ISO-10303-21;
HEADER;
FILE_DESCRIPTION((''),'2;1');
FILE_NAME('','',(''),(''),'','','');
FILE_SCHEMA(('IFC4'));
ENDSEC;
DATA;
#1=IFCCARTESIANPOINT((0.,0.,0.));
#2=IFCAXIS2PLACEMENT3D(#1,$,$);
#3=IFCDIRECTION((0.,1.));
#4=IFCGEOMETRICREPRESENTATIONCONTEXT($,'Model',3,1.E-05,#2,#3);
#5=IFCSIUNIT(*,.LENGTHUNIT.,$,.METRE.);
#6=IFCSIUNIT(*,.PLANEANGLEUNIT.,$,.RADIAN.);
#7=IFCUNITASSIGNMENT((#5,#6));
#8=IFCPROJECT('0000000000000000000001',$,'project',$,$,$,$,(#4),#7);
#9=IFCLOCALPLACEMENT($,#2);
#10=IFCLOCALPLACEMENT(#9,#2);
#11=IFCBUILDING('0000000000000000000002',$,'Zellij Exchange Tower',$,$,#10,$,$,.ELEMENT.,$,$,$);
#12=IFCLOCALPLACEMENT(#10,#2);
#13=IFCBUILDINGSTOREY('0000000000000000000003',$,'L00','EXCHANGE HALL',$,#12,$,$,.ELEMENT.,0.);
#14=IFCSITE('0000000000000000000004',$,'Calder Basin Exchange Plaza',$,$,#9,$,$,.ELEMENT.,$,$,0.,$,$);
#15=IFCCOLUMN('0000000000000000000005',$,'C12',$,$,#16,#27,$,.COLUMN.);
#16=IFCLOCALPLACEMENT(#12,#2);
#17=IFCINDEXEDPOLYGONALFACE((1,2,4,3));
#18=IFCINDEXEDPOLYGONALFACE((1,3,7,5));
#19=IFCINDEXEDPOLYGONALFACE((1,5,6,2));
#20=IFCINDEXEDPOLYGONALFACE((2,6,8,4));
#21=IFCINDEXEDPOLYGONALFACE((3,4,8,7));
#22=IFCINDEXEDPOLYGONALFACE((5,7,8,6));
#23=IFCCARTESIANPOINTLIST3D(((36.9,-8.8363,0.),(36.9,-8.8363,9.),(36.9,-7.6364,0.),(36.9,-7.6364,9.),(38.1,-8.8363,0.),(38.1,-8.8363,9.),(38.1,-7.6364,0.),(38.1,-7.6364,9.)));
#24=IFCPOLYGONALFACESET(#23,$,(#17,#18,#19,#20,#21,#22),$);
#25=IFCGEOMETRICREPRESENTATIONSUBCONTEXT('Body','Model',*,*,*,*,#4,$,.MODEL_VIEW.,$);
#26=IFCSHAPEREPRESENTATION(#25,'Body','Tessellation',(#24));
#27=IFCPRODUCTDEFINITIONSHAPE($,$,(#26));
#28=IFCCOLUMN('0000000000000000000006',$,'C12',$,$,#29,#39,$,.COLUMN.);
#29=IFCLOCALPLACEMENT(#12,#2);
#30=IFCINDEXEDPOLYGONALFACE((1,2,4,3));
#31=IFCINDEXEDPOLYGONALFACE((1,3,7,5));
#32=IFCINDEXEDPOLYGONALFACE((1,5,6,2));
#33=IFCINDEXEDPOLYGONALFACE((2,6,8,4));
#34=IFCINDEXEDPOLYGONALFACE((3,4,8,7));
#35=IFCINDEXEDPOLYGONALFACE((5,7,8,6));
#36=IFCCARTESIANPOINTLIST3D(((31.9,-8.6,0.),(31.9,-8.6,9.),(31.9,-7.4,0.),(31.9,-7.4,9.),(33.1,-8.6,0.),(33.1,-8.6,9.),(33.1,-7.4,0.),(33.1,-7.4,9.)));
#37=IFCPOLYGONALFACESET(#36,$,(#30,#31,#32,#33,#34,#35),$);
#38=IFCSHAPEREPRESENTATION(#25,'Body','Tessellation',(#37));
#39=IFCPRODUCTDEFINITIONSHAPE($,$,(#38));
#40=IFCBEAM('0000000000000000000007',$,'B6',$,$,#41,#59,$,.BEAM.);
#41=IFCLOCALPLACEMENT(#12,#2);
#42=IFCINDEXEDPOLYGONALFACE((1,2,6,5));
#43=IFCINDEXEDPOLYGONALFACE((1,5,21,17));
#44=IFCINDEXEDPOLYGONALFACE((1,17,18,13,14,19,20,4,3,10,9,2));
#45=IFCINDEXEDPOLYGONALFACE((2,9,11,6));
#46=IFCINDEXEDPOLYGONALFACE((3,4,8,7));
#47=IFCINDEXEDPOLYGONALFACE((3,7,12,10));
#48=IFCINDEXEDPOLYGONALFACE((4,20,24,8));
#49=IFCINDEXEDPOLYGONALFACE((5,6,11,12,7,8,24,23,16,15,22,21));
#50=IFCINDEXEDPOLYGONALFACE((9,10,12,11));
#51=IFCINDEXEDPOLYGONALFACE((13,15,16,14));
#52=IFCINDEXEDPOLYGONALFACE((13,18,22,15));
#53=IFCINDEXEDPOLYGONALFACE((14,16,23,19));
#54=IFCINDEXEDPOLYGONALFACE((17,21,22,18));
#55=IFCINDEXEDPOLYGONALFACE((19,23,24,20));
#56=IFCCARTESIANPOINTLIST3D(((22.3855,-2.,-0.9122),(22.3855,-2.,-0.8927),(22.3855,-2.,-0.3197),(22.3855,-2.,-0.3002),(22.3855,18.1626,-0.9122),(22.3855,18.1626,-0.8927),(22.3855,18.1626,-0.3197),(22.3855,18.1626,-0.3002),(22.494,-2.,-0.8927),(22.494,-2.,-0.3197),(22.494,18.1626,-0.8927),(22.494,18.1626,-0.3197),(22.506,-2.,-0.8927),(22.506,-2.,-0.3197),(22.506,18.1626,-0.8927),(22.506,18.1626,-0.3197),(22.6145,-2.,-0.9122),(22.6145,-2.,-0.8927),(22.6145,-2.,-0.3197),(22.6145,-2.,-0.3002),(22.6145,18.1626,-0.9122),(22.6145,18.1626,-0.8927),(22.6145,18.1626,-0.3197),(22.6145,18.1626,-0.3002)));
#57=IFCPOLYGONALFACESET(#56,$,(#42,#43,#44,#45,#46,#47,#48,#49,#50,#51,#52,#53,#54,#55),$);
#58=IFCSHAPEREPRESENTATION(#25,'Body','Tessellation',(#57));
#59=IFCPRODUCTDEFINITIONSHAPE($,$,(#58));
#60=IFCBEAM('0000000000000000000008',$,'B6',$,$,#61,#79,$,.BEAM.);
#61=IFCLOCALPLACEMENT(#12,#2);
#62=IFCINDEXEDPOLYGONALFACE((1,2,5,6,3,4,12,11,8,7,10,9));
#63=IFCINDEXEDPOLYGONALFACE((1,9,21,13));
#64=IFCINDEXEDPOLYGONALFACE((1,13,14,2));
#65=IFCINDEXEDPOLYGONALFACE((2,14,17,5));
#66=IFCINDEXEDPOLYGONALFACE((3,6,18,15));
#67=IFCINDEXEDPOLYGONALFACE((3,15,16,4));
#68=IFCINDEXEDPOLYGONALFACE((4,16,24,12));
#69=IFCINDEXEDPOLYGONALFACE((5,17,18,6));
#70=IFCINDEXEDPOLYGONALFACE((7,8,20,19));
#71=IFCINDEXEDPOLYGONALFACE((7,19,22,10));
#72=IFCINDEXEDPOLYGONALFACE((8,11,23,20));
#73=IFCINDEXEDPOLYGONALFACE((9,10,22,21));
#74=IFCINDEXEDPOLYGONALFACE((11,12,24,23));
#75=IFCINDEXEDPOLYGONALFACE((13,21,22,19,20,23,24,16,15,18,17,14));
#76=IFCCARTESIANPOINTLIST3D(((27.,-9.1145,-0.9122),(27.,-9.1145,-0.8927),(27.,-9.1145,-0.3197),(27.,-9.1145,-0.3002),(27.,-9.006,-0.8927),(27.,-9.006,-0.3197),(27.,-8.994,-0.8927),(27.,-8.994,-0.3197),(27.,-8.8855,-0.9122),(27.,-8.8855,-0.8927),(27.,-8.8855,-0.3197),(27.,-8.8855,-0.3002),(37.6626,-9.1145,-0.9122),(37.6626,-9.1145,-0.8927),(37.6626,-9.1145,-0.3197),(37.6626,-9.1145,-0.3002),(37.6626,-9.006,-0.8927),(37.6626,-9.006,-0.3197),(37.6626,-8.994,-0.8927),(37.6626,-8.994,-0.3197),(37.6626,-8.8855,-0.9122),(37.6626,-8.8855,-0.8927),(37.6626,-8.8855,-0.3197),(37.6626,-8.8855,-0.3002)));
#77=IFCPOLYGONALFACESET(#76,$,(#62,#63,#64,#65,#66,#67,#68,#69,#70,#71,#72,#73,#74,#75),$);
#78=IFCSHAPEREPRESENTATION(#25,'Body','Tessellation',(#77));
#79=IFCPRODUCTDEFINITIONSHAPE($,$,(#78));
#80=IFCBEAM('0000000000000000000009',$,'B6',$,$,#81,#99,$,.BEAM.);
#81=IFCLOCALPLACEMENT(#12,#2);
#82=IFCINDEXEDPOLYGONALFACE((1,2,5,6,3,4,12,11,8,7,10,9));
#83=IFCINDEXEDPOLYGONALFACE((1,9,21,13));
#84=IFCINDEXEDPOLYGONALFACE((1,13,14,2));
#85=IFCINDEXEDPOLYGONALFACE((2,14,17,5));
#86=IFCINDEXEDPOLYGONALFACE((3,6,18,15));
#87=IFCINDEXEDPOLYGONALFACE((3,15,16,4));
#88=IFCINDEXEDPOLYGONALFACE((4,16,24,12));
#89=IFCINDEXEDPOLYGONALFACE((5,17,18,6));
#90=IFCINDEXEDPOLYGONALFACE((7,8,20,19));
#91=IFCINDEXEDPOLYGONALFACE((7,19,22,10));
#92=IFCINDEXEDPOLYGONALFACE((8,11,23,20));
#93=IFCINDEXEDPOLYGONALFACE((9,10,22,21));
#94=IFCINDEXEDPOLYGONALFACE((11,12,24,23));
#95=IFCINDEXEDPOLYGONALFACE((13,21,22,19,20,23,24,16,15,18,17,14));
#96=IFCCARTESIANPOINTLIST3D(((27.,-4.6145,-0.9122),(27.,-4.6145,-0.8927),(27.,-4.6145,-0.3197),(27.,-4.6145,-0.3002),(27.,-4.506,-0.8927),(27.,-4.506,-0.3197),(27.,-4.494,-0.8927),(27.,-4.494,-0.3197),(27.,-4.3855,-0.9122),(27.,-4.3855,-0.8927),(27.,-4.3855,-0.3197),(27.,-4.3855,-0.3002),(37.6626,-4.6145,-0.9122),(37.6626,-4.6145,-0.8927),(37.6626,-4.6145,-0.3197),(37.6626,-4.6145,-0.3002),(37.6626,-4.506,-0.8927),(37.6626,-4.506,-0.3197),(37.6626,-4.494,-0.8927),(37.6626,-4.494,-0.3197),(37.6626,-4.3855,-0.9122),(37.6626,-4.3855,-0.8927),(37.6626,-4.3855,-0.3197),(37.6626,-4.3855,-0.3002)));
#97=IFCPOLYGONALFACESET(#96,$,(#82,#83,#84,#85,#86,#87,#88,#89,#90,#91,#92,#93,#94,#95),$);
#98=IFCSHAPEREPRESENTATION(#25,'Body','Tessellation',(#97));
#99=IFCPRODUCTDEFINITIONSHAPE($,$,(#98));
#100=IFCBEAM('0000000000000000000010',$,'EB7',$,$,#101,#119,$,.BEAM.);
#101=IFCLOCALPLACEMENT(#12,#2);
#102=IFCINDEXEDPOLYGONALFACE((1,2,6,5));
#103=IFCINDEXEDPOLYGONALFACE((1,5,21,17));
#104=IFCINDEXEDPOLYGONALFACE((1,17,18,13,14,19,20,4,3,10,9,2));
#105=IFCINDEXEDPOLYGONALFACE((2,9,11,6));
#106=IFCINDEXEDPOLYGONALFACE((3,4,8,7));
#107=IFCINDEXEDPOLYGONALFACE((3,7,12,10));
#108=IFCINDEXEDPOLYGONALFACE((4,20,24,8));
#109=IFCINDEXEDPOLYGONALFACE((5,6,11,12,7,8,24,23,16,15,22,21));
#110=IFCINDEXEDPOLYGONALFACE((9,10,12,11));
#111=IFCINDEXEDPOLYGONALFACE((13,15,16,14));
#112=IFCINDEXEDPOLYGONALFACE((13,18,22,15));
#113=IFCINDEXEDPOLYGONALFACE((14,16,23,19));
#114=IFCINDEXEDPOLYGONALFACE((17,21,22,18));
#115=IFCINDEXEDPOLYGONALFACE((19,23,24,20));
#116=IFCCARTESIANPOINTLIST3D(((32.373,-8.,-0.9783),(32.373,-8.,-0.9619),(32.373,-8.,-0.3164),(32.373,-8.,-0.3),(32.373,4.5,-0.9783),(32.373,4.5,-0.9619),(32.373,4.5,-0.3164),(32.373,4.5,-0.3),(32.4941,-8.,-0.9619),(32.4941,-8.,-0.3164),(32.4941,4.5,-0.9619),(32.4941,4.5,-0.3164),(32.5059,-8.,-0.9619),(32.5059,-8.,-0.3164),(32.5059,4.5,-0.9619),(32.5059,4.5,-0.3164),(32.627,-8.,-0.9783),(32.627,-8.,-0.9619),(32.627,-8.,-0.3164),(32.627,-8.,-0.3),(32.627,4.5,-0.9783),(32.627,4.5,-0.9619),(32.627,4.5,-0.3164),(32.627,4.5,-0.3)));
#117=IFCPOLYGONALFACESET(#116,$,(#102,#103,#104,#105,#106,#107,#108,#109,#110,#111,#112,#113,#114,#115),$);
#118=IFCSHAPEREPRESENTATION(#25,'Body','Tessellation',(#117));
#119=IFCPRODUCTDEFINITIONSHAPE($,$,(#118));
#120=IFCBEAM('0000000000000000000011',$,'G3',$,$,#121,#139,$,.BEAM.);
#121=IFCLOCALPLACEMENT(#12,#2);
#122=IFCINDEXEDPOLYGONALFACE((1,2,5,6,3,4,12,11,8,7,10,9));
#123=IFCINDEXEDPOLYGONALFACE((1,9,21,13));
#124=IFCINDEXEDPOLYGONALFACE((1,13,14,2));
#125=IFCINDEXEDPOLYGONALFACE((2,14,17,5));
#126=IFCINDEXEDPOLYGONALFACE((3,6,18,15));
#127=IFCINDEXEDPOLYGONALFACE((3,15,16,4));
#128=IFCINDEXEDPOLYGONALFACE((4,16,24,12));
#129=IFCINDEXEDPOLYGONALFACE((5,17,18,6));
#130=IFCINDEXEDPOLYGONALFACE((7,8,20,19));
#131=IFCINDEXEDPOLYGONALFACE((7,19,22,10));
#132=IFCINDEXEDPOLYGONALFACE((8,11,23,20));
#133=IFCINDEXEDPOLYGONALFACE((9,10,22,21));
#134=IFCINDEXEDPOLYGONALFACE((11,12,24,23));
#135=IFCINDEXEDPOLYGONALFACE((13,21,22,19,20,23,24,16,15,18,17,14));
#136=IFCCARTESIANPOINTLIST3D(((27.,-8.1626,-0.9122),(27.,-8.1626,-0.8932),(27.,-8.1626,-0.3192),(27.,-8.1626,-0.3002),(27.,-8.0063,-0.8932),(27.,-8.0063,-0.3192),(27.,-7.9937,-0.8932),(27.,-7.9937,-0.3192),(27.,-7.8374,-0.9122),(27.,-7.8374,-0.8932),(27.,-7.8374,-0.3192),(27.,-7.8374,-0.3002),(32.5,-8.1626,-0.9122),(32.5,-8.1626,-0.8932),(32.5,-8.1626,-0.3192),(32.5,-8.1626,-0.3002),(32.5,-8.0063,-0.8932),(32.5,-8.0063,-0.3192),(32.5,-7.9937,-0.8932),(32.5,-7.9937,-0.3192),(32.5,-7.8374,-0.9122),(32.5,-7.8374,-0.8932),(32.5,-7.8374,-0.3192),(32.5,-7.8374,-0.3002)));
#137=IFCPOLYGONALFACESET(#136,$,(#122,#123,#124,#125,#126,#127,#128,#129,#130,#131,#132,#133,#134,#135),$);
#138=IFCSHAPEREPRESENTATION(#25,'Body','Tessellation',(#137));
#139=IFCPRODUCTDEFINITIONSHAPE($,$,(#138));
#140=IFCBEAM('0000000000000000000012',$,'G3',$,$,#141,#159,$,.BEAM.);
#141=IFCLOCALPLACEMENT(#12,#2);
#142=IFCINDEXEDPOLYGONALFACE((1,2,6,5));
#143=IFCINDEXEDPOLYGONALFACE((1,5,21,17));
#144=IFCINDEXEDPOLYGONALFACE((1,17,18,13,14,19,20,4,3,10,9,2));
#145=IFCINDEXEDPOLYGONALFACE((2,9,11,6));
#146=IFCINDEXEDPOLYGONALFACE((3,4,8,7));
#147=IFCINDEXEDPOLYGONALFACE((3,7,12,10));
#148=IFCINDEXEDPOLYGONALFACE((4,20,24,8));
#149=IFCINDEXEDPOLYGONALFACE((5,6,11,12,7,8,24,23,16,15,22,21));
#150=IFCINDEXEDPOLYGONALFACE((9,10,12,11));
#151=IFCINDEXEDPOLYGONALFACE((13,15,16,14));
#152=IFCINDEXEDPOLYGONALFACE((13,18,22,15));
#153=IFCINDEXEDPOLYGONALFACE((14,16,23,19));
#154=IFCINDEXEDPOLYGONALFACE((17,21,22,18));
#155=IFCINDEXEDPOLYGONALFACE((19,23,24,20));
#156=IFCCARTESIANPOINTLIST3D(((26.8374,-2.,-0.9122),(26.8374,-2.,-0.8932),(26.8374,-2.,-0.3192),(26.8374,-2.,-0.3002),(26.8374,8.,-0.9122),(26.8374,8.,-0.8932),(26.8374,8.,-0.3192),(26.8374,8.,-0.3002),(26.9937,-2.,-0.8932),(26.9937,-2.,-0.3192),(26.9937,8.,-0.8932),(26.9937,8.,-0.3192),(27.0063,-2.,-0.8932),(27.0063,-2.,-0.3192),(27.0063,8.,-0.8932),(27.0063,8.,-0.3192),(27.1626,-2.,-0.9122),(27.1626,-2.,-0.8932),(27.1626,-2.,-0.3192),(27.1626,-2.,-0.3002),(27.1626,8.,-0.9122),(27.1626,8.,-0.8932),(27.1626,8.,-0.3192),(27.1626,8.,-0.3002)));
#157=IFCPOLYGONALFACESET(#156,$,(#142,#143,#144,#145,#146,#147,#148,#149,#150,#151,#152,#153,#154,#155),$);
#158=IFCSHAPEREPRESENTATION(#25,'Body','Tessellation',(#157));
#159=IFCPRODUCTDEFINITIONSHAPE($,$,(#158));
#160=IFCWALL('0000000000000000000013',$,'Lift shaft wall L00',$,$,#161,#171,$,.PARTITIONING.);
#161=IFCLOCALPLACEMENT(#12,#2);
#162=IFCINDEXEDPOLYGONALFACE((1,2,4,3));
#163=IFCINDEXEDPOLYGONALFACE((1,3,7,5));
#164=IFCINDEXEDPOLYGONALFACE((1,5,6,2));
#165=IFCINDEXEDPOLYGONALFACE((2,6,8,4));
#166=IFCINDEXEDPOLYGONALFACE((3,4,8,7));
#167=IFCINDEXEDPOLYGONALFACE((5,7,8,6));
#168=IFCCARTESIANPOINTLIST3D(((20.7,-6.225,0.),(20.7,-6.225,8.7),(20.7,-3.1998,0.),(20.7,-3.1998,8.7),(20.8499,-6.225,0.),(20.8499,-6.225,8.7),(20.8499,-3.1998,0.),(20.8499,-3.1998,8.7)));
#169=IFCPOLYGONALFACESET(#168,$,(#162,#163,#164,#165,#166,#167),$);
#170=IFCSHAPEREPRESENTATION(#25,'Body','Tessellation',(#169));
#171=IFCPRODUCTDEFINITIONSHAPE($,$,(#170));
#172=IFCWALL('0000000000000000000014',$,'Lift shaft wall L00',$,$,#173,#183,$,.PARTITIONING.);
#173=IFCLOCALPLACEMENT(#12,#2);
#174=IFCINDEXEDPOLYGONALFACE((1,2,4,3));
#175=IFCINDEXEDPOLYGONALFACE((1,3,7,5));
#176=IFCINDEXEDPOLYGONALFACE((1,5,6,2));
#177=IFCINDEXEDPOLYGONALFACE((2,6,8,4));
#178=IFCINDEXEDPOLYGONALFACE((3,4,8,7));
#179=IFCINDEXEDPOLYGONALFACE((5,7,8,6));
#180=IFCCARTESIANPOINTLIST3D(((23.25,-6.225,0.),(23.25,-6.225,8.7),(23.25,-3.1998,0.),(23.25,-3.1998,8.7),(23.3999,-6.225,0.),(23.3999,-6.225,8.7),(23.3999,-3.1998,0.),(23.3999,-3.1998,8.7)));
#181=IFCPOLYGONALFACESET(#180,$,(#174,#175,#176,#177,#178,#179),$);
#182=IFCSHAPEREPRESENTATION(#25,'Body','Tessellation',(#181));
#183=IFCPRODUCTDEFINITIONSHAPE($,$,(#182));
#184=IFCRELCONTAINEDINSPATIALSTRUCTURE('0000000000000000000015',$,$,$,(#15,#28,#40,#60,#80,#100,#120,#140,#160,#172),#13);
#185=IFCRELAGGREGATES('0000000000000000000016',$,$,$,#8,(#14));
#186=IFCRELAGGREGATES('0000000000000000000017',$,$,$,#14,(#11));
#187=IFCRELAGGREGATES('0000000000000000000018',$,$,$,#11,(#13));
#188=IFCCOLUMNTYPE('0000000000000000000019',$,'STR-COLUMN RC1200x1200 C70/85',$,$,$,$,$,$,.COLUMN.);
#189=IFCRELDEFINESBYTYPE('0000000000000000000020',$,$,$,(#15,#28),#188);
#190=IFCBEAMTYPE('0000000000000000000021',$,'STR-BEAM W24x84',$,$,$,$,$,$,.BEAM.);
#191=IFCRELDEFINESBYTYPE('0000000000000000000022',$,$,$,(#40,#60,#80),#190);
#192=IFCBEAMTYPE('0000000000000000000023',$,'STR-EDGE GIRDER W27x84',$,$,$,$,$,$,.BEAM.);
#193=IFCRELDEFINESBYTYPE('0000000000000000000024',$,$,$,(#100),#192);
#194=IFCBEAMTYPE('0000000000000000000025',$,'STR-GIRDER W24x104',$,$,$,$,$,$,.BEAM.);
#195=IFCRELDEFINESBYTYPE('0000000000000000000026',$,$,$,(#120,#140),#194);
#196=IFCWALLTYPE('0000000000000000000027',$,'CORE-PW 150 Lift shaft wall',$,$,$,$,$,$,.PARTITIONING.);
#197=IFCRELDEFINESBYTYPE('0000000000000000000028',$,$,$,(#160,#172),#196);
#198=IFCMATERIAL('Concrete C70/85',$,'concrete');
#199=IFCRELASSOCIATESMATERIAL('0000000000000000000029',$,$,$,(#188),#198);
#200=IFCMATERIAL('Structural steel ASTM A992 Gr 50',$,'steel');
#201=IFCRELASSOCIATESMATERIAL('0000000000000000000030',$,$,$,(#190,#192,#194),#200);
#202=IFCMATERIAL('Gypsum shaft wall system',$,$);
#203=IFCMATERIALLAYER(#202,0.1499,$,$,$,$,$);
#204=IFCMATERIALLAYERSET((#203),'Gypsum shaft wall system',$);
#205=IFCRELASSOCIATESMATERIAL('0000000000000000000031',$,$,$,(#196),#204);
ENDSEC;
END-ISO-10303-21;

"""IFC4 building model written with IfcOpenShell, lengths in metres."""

from ifc_helpers import new_model, si_unit, direction, frame, frame_2d, origin, origin_2d, place, context, subcontext, project, spatial, rectangle, i_section, extrude, material, layer, layer_set, material_profile, profile_set, type_object, element, save


model = new_model("IFC4")

# Units and contexts
model_context = context("Model", 3, precision=1e-05, world=origin(), true_north=direction((0.0, 1.0)))
body_context = subcontext(model_context, "Body", "Model", "MODEL_VIEW")
ifc_project = project(units=[si_unit("LENGTHUNIT", "METRE"), si_unit("PLANEANGLEUNIT", "RADIAN")], contexts=[model_context])

# Site, building, storey
site_placement = place(None, origin())
site = spatial("IfcSite", under=ifc_project, at=site_placement, Name="Calder Basin Exchange Plaza", CompositionType="ELEMENT", RefElevation=0.0)
building_placement = place(site_placement, origin())
building = spatial("IfcBuilding", under=site, at=building_placement, Name="Zellij Exchange Tower", CompositionType="ELEMENT")
storey_placement = place(building_placement, origin())
storey = spatial("IfcBuildingStorey", under=building, at=storey_placement, Name="L00", Description="EXCHANGE HALL", CompositionType="ELEMENT", Elevation=0.0)

# Columns
ifc_material_1 = material(Name="Concrete C70/85", Category="concrete")
ifc_material_profile_1 = material_profile(ifc_material_1, rectangle(XDim=1.2, YDim=1.2, at=origin_2d()), Name="STR-COLUMN RC1200x1200 C70/85")
ifc_profile_set_1 = profile_set([ifc_material_profile_1], Name="Concrete C70/85")
column_type = type_object("IfcColumnType", Name="STR-COLUMN RC1200x1200 C70/85", PredefinedType="COLUMN", material=ifc_profile_set_1)
for number, where, z_axis, x_axis, name in (
    (1, (37.5, -8.2363, 0.0), (0.0, 0.0, 1.0), (1.0, 0.0, 0.0), "C12"),
    (2, (32.5, -8.0, 0.0), (0.0, 0.0, 1.0), (1.0, 0.0, 0.0), "C12"),
):
    element("IfcColumn", number, at=place(storey_placement, frame(where, z_axis=z_axis, x_axis=x_axis)), inside=storey, type_object=column_type, Name=name, PredefinedType="COLUMN", context=body_context, shape_type="SweptSolid", body=[
        extrude(rectangle(XDim=1.2, YDim=1.2, at=origin_2d()), origin(), (0.0, 0.0, 1.0), 9.0),
    ])

# Beams
ifc_material_2 = material(Name="Structural steel ASTM A992 Gr 50", Category="steel")
ifc_material_profile_2 = material_profile(ifc_material_2, i_section(OverallWidth=0.229, OverallDepth=0.6121, WebThickness=0.012, FlangeThickness=0.0195, at=origin_2d()), Name="W24x84")
ifc_profile_set_2 = profile_set([ifc_material_profile_2], Name="Structural steel ASTM A992 Gr 50")
beam_type_1 = type_object("IfcBeamType", Name="STR-BEAM W24x84", PredefinedType="BEAM", material=ifc_profile_set_2)
beam_1_placement = place(storey_placement, frame((22.5, -2.0, -0.6062), z_axis=(0.0, 1.0, 0.0), x_axis=(-1.0, 0.0, 0.0)))
element("IfcBeam", 3, at=beam_1_placement, inside=storey, type_object=beam_type_1, Name="B6", PredefinedType="BEAM", context=body_context, shape_type="SweptSolid", body=[
    extrude(i_section(OverallWidth=0.229, OverallDepth=0.6121, WebThickness=0.012, FlangeThickness=0.0195, at=origin_2d()), origin(), (0.0, 0.0, 1.0), 20.1626),
])
for number, where, z_axis, x_axis, name in (
    (4, (27.0, -9.0, -0.6062), (1.0, 0.0, 0.0), (0.0, 1.0, 0.0), "B6"),
    (5, (27.0, -4.5, -0.6062), (1.0, 0.0, 0.0), (0.0, 1.0, 0.0), "B6"),
):
    element("IfcBeam", number, at=place(storey_placement, frame(where, z_axis=z_axis, x_axis=x_axis)), inside=storey, type_object=beam_type_1, Name=name, PredefinedType="BEAM", context=body_context, shape_type="SweptSolid", body=[
        extrude(i_section(OverallWidth=0.229, OverallDepth=0.6121, WebThickness=0.012, FlangeThickness=0.0195, at=origin_2d()), origin(), (0.0, 0.0, 1.0), 10.6626),
    ])
ifc_material_profile_3 = material_profile(ifc_material_2, i_section(OverallWidth=0.2539, OverallDepth=0.6782, WebThickness=0.0117, FlangeThickness=0.0164, at=origin_2d()), Name="W27x84")
ifc_profile_set_3 = profile_set([ifc_material_profile_3], Name="Structural steel ASTM A992 Gr 50")
beam_type_2 = type_object("IfcBeamType", Name="STR-EDGE GIRDER W27x84", PredefinedType="BEAM", material=ifc_profile_set_3)
beam_2_placement = place(storey_placement, frame((32.5, -8.0, -0.6392), z_axis=(0.0, 1.0, 0.0), x_axis=(-1.0, 0.0, 0.0)))
element("IfcBeam", 6, at=beam_2_placement, inside=storey, type_object=beam_type_2, Name="EB7", PredefinedType="BEAM", context=body_context, shape_type="SweptSolid", body=[
    extrude(i_section(OverallWidth=0.2539, OverallDepth=0.6782, WebThickness=0.0117, FlangeThickness=0.0164, at=origin_2d()), origin(), (0.0, 0.0, 1.0), 12.5),
])
ifc_material_profile_4 = material_profile(ifc_material_2, i_section(OverallWidth=0.3252, OverallDepth=0.6121, WebThickness=0.0127, FlangeThickness=0.019, at=origin_2d()), Name="W24x104")
ifc_profile_set_4 = profile_set([ifc_material_profile_4], Name="Structural steel ASTM A992 Gr 50")
beam_type_3 = type_object("IfcBeamType", Name="STR-GIRDER W24x104", PredefinedType="BEAM", material=ifc_profile_set_4)
beam_3_placement = place(storey_placement, frame((27.0, -8.0, -0.6062), z_axis=(1.0, 0.0, 0.0), x_axis=(0.0, 1.0, 0.0)))
element("IfcBeam", 7, at=beam_3_placement, inside=storey, type_object=beam_type_3, Name="G3", PredefinedType="BEAM", context=body_context, shape_type="SweptSolid", body=[
    extrude(i_section(OverallWidth=0.3252, OverallDepth=0.6121, WebThickness=0.0127, FlangeThickness=0.019, at=origin_2d()), origin(), (0.0, 0.0, 1.0), 5.5),
])
beam_4_placement = place(storey_placement, frame((27.0, -2.0, -0.6062), z_axis=(0.0, 1.0, 0.0), x_axis=(-1.0, 0.0, 0.0)))
element("IfcBeam", 8, at=beam_4_placement, inside=storey, type_object=beam_type_3, Name="G3", PredefinedType="BEAM", context=body_context, shape_type="SweptSolid", body=[
    extrude(i_section(OverallWidth=0.3252, OverallDepth=0.6121, WebThickness=0.0127, FlangeThickness=0.019, at=origin_2d()), origin(), (0.0, 0.0, 1.0), 10.0),
])

# Walls
ifc_material_3 = material(Name="Gypsum shaft wall system")
ifc_layer_1 = layer(ifc_material_3, 0.1499)
ifc_layer_set_1 = layer_set([ifc_layer_1], Name="Gypsum shaft wall system")
wall_type_1 = type_object("IfcWallType", Name="CORE-PW 150 Lift shaft wall", PredefinedType="PARTITIONING", material=ifc_layer_set_1)
for number, where, z_axis, x_axis, name in (
    (9, (20.7749, -6.2251, 0.0), (0.0, 0.0, 1.0), (0.0, 1.0, 0.0), "Lift shaft wall L00"),
    (10, (23.325, -6.2251, 0.0), (0.0, 0.0, 1.0), (0.0, 1.0, 0.0), "Lift shaft wall L00"),
):
    element("IfcWall", number, at=place(storey_placement, frame(where, z_axis=z_axis, x_axis=x_axis)), inside=storey, type_object=wall_type_1, Name=name, PredefinedType="PARTITIONING", context=body_context, shape_type="SweptSolid", body=[
        extrude(rectangle(XDim=3.0251, YDim=0.1499, at=frame_2d((1.5127, 0.0))), origin(), (0.0, 0.0, 1.0), 8.7),
    ])

save(model, "model.ifc")
